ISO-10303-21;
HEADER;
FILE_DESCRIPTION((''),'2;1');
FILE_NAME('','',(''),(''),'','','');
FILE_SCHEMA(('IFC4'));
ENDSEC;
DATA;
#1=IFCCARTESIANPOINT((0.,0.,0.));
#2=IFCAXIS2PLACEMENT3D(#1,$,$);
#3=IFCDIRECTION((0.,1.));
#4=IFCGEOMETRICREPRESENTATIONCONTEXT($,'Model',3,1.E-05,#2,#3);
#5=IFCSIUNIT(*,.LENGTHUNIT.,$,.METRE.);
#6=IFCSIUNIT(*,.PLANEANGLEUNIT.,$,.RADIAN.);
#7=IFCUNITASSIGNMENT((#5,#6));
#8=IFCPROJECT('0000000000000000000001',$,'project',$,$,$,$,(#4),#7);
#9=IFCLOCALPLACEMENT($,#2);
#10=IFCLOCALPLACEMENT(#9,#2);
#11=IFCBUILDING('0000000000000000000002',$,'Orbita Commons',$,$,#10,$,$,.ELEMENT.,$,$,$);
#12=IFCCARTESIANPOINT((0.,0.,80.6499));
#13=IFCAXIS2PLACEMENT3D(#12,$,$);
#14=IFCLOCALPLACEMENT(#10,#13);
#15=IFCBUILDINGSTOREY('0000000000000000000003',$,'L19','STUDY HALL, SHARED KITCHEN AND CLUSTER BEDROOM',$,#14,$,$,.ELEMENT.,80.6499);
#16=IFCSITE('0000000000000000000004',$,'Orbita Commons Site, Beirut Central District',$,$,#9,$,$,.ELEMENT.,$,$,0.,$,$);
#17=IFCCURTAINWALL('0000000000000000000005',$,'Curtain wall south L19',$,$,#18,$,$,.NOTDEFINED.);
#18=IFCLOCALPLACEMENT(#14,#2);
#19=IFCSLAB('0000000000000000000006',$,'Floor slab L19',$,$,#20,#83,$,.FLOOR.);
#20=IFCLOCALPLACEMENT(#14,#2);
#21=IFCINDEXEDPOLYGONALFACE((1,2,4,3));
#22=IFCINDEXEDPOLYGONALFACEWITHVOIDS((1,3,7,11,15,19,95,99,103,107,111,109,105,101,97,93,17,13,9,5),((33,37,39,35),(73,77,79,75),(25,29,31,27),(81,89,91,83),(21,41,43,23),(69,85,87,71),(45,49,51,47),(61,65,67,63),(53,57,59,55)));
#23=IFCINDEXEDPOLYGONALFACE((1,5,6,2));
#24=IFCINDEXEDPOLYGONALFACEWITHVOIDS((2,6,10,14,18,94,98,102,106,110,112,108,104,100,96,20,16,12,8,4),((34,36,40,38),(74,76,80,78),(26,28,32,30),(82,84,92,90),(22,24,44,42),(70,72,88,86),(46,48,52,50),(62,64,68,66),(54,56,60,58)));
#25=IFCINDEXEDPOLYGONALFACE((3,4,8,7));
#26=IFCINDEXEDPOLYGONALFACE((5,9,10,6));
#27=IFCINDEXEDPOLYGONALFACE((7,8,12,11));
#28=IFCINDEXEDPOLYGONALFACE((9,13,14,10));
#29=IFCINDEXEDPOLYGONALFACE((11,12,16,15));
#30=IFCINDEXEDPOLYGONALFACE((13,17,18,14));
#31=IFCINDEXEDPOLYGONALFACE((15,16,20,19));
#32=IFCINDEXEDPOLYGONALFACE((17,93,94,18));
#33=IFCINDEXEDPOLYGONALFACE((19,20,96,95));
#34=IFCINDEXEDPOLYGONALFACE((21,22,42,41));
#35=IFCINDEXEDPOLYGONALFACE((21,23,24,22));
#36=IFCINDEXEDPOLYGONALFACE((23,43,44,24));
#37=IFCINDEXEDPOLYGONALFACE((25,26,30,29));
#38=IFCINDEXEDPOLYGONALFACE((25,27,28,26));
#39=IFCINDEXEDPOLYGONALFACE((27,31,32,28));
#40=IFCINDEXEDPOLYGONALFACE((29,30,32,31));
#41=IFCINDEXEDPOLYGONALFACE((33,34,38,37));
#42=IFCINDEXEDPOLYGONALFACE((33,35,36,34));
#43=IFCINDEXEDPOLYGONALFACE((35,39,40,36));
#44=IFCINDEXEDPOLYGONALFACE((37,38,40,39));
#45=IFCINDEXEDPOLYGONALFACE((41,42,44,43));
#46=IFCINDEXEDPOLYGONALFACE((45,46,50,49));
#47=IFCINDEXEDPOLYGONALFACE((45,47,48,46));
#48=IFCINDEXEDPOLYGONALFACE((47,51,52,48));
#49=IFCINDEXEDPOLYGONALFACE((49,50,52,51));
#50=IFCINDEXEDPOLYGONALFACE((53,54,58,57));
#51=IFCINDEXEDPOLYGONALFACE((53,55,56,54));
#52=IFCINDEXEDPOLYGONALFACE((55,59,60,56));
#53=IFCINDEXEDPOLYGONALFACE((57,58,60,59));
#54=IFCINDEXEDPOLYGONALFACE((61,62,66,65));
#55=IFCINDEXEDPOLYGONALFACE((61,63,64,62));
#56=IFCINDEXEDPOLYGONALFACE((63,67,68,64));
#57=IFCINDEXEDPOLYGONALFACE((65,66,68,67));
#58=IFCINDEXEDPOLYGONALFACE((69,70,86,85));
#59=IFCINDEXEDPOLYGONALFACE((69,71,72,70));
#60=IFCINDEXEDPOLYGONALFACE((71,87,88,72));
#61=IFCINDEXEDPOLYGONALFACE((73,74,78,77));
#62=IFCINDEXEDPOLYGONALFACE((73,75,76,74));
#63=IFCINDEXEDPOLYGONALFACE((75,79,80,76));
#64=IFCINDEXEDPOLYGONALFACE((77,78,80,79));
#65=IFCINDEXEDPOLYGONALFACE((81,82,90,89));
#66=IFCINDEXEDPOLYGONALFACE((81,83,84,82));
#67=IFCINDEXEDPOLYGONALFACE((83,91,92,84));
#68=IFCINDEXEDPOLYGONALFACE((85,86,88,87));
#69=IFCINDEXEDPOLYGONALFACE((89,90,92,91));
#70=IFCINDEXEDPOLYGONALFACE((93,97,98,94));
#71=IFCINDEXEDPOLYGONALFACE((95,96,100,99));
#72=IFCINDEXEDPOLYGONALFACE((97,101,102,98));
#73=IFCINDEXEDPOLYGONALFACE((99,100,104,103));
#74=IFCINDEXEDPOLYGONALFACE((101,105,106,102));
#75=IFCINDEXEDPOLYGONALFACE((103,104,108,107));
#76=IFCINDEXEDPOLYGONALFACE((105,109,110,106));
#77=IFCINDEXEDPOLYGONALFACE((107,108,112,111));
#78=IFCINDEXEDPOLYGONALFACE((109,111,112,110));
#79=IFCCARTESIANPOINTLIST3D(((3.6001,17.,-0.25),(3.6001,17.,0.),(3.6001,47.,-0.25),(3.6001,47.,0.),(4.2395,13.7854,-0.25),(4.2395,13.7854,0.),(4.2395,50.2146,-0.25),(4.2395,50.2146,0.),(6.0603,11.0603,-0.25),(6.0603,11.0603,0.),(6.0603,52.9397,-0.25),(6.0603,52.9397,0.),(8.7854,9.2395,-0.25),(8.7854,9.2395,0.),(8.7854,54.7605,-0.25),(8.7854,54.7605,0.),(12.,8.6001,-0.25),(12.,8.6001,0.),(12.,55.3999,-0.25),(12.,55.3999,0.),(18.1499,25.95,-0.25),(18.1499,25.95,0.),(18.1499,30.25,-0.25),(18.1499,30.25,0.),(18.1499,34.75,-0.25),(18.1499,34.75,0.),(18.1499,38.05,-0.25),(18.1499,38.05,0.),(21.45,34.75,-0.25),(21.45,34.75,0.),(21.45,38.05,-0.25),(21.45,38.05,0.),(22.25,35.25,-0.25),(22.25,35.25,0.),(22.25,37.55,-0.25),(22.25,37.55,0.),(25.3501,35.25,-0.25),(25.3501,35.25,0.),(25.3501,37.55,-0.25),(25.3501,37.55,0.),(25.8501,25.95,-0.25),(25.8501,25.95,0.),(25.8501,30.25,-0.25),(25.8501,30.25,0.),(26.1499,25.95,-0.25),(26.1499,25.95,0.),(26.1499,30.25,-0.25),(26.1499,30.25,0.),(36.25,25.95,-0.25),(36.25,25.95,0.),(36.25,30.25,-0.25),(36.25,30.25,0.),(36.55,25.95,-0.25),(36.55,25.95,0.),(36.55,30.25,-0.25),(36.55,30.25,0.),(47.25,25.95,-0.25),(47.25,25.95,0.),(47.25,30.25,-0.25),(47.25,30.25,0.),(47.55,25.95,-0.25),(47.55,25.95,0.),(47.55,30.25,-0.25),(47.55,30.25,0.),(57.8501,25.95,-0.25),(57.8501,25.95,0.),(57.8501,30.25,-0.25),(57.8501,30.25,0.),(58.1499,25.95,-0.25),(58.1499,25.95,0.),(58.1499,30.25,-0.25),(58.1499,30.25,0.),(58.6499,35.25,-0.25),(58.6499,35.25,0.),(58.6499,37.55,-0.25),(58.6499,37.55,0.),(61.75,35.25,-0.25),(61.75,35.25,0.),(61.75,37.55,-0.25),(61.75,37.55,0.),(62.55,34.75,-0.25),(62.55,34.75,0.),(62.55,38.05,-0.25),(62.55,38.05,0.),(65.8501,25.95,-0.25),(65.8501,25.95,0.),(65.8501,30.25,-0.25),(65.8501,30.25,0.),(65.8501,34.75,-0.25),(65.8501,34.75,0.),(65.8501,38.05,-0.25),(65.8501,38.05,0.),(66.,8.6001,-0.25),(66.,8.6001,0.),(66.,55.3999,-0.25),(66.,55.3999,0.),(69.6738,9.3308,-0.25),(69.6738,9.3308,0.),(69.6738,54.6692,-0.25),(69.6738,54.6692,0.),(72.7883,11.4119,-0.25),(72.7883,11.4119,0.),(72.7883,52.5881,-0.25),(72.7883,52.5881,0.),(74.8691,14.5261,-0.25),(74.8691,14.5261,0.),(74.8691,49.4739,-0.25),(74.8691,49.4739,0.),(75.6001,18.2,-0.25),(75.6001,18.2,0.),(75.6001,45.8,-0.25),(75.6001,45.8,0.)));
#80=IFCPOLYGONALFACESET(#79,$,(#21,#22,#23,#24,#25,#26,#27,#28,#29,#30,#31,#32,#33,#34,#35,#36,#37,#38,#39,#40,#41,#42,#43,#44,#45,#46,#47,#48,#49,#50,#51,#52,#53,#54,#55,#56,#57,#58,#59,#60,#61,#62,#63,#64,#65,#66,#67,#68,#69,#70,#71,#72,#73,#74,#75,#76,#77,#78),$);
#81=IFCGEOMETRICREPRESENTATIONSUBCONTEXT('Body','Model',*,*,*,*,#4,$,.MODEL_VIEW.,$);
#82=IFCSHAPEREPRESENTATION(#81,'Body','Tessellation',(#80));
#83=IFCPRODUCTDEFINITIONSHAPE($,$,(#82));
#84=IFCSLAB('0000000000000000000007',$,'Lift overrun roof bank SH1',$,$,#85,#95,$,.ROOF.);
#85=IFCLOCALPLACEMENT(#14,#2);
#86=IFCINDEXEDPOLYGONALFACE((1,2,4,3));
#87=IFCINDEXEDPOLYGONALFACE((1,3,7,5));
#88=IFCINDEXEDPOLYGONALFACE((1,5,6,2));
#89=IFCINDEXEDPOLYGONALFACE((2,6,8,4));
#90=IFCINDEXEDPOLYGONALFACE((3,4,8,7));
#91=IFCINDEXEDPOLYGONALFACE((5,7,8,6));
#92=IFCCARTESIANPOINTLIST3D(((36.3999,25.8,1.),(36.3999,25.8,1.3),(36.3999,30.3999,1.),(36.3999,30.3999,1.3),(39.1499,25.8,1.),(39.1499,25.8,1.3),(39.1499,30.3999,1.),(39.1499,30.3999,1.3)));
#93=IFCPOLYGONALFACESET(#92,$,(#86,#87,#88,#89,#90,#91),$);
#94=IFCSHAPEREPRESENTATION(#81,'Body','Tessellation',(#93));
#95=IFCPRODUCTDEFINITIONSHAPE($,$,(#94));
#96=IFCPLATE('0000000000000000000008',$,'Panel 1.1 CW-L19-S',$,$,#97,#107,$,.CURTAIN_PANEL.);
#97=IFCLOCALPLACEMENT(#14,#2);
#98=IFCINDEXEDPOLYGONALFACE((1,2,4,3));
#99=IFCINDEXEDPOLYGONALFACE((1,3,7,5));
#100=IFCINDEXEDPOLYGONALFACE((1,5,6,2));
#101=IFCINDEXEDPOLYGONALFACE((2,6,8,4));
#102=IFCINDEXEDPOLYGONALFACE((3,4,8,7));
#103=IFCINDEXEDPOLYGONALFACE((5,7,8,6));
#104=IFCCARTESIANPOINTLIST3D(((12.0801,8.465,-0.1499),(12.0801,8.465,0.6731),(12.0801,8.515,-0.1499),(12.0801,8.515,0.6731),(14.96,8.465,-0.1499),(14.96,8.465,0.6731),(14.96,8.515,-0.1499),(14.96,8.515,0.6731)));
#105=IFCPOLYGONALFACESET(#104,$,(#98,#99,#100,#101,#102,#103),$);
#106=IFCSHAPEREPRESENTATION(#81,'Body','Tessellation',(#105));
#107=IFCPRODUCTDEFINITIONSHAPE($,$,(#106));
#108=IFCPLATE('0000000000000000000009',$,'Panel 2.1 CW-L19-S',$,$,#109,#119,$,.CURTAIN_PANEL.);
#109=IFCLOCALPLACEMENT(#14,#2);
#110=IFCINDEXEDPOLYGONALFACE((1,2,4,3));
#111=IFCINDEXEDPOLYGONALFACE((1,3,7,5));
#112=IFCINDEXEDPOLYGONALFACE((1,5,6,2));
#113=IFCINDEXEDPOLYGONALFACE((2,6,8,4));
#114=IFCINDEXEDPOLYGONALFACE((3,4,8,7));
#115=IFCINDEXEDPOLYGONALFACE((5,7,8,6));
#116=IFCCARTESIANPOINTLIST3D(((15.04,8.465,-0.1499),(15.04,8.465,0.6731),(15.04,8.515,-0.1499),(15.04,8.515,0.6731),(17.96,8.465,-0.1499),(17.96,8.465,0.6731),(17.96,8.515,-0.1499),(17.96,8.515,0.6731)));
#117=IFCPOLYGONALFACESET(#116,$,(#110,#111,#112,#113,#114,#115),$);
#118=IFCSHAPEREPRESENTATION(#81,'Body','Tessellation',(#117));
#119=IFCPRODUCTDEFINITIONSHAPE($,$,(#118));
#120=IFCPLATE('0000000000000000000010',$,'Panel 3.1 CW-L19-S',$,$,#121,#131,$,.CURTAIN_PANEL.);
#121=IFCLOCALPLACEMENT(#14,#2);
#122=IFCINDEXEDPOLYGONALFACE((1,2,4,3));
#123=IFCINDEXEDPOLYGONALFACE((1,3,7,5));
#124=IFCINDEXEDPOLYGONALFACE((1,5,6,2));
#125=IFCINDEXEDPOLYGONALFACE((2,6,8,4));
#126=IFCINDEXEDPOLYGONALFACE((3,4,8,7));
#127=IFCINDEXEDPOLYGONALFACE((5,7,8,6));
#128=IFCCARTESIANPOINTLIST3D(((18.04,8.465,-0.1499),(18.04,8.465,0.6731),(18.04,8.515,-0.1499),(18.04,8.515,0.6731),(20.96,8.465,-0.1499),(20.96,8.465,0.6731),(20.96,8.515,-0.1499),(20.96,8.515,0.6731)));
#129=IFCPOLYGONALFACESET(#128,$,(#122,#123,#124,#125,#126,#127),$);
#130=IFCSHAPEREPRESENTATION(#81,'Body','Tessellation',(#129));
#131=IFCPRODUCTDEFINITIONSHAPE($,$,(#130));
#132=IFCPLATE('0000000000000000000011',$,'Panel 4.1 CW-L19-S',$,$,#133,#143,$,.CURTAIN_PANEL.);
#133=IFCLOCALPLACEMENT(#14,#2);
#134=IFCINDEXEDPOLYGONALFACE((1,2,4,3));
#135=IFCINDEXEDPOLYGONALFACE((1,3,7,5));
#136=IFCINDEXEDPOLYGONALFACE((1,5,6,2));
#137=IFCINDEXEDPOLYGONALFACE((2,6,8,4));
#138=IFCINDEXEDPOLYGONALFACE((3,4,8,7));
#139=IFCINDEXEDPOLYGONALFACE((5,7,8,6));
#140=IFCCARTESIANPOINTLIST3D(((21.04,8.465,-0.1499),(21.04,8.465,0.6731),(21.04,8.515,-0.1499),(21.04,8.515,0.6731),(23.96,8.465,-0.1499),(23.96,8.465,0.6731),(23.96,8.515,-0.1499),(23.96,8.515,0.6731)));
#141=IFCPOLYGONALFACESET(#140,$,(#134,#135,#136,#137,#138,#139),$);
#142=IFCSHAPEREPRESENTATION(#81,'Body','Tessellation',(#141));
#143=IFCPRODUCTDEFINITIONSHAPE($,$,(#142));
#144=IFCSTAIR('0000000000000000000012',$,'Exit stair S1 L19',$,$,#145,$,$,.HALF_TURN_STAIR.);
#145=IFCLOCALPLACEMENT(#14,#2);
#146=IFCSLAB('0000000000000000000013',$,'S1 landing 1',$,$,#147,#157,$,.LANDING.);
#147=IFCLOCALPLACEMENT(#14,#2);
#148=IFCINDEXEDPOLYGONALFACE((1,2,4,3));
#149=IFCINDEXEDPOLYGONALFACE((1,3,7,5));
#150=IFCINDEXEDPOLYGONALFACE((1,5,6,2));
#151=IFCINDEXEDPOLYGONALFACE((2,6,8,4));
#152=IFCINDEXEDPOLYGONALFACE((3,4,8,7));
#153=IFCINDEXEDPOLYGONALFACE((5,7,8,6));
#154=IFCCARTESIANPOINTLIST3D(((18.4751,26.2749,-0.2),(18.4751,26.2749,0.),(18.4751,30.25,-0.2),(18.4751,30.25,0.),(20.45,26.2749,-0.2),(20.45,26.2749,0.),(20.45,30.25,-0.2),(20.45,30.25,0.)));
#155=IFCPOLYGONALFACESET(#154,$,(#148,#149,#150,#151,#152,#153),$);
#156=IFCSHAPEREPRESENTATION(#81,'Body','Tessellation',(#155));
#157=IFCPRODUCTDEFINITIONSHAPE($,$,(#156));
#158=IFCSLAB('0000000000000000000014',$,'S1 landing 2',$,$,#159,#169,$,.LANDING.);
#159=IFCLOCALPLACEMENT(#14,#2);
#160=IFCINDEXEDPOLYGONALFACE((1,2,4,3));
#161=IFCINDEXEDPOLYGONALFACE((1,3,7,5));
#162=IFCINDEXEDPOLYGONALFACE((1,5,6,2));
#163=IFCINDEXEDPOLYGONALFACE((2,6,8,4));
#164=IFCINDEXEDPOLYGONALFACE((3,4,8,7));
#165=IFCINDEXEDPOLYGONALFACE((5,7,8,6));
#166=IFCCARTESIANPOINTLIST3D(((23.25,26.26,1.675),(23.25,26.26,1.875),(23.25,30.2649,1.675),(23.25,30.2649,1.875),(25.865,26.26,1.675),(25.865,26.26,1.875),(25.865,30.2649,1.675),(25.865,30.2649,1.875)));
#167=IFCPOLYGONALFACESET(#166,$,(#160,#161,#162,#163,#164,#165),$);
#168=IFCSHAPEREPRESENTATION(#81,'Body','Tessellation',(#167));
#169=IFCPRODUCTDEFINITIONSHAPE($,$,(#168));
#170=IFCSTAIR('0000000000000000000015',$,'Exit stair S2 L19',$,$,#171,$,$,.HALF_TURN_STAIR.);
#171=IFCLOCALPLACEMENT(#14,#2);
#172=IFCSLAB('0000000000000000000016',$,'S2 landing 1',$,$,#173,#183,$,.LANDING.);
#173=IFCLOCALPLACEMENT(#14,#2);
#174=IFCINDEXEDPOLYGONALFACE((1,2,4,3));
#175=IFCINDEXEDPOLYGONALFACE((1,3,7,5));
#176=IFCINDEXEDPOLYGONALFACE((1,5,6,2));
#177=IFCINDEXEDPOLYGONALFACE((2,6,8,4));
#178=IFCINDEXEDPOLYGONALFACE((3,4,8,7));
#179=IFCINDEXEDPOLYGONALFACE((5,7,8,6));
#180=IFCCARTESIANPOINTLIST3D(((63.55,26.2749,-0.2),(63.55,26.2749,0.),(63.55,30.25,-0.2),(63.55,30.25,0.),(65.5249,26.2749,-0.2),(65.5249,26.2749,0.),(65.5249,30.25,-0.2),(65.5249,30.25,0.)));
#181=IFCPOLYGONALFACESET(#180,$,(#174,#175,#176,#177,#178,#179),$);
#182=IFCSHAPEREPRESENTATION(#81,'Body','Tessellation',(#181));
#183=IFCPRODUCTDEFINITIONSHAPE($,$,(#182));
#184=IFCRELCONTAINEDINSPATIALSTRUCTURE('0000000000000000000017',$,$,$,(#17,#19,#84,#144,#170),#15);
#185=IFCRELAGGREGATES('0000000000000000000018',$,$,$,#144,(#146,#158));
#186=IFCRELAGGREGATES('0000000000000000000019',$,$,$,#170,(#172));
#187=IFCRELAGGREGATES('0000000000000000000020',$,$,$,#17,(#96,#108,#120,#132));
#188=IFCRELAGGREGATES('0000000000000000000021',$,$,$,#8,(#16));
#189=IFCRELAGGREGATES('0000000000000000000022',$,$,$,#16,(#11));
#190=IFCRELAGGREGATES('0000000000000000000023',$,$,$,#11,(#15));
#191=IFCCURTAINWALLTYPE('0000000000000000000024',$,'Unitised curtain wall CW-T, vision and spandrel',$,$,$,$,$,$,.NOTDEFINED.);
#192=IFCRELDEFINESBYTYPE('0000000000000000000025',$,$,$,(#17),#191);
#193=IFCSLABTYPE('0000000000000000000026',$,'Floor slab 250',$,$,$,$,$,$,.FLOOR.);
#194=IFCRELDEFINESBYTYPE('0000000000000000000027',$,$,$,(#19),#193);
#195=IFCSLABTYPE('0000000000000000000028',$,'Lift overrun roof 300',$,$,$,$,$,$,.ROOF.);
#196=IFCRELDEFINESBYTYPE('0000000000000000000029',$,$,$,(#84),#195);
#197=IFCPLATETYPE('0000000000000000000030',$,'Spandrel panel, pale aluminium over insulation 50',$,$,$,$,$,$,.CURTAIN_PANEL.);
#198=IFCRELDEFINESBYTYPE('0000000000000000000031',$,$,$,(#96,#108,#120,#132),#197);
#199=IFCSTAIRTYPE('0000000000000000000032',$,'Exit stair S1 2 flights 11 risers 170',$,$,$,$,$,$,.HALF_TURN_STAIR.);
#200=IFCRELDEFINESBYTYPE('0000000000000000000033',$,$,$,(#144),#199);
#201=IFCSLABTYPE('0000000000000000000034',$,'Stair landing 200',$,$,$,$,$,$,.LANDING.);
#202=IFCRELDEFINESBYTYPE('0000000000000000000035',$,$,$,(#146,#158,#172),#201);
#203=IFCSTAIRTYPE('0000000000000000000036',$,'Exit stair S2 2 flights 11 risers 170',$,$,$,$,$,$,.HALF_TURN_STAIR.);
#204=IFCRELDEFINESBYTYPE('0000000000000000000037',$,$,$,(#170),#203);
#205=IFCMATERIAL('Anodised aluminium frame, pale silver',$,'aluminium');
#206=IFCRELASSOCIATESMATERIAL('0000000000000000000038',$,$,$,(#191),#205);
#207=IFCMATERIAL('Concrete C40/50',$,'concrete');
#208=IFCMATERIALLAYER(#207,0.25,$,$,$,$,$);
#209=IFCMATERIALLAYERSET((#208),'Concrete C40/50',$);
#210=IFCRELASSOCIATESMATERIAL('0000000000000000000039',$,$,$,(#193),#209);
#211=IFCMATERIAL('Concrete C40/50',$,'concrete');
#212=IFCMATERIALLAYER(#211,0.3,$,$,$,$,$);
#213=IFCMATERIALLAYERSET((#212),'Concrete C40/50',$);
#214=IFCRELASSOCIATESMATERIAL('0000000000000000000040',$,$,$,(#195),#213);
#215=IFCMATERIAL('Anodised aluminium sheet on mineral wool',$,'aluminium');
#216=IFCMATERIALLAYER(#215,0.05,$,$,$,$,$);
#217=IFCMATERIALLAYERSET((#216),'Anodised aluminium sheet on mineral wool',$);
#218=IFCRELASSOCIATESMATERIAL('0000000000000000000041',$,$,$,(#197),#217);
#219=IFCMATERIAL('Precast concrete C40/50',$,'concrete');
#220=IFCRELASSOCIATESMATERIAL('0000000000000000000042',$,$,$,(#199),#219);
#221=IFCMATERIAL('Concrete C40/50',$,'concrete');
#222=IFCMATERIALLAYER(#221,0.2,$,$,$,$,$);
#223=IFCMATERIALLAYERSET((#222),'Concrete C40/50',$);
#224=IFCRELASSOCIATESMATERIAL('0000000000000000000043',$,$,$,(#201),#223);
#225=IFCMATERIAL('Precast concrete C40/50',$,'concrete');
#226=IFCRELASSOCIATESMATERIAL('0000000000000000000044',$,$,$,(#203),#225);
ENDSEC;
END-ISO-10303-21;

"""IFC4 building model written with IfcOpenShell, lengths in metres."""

from ifc_helpers import new_model, si_unit, direction, frame, origin, origin_2d, place, context, subcontext, project, spatial, polyline, rectangle, outline, extrude, material, layer, layer_set, type_object, element, aggregate, save


model = new_model("IFC4")

# Units and contexts
model_context = context("Model", 3, precision=1e-05, world=origin(), true_north=direction((0.0, 1.0)))
body_context = subcontext(model_context, "Body", "Model", "MODEL_VIEW")
ifc_project = project(units=[si_unit("LENGTHUNIT", "METRE"), si_unit("PLANEANGLEUNIT", "RADIAN")], contexts=[model_context])

# Site, building, storey
site_placement = place(None, origin())
site = spatial("IfcSite", under=ifc_project, at=site_placement, Name="Orbita Commons Site, Beirut Central District", CompositionType="ELEMENT", RefElevation=0.0)
building_placement = place(site_placement, origin())
building = spatial("IfcBuilding", under=site, at=building_placement, Name="Orbita Commons", CompositionType="ELEMENT")
storey_placement = place(building_placement, frame((0.0, 0.0, 80.6499)))
storey = spatial("IfcBuildingStorey", under=building, at=storey_placement, Name="L19", Description="STUDY HALL, SHARED KITCHEN AND CLUSTER BEDROOM", CompositionType="ELEMENT", Elevation=80.6499)

# Curtain wall
ifc_material_1 = material(Name="Anodised aluminium frame, pale silver", Category="aluminium")
curtain_wall_type = type_object("IfcCurtainWallType", Name="Unitised curtain wall CW-T, vision and spandrel", PredefinedType="NOTDEFINED", material=ifc_material_1)
curtain_wall_placement = place(storey_placement, origin())
curtain_wall = element("IfcCurtainWall", 1, at=curtain_wall_placement, inside=storey, type_object=curtain_wall_type, Name="Curtain wall south L19", PredefinedType="NOTDEFINED")

# Slabs
ifc_material_2 = material(Name="Concrete C40/50", Category="concrete")
ifc_layer_1 = layer(ifc_material_2, 0.25)
ifc_layer_set_1 = layer_set([ifc_layer_1], Name="Concrete C40/50")
slab_type_1 = type_object("IfcSlabType", Name="Floor slab 250", PredefinedType="FLOOR", material=ifc_layer_set_1)
slab_1_placement = place(storey_placement, frame((0.0, 0.0, -0.25)))
element("IfcSlab", 2, at=slab_1_placement, inside=storey, type_object=slab_type_1, Name="Floor slab L19", PredefinedType="FLOOR", context=body_context, shape_type="SweptSolid", body=[
    extrude(outline(polyline([(66.0, 8.6001), (69.6738, 9.3308), (72.7883, 11.4119), (74.8691, 14.5261), (75.6001, 18.2), (75.6001, 45.8), (74.8691, 49.4739), (72.7883, 52.5881), (69.6738, 54.6692), (66.0, 55.3999), (12.0, 55.3999), (8.7854, 54.7605), (6.0603, 52.9397), (4.2395, 50.2146), (3.6001, 47.0), (3.6001, 17.0), (4.2395, 13.7854), (6.0603, 11.0603), (8.7854, 9.2395), (12.0, 8.6001), (66.0, 8.6001)]), holes=[polyline([(18.1499, 25.95), (25.8501, 25.95), (25.8501, 30.25), (18.1499, 30.25), (18.1499, 25.95)]), polyline([(58.1499, 25.95), (65.8501, 25.95), (65.8501, 30.25), (58.1499, 30.25), (58.1499, 25.95)]), polyline([(18.1499, 34.75), (21.45, 34.75), (21.45, 38.05), (18.1499, 38.05), (18.1499, 34.75)]), polyline([(62.55, 34.75), (65.8501, 34.75), (65.8501, 38.05), (62.55, 38.05), (62.55, 34.75)]), polyline([(22.25, 35.25), (25.3501, 35.25), (25.3501, 37.55), (22.25, 37.55), (22.25, 35.25)]), polyline([(58.6499, 35.25), (61.75, 35.25), (61.75, 37.55), (58.6499, 37.55), (58.6499, 35.25)]), polyline([(26.1499, 25.95), (36.25, 25.95), (36.25, 30.25), (26.1499, 30.25), (26.1499, 25.95)]), polyline([(36.55, 25.95), (47.25, 25.95), (47.25, 30.25), (36.55, 30.25), (36.55, 25.95)]), polyline([(47.55, 25.95), (57.8501, 25.95), (57.8501, 30.25), (47.55, 30.25), (47.55, 25.95)])]), origin(), (0.0, 0.0, 1.0), 0.25),
])
ifc_material_3 = material(Name="Concrete C40/50", Category="concrete")
ifc_layer_2 = layer(ifc_material_3, 0.3)
ifc_layer_set_2 = layer_set([ifc_layer_2], Name="Concrete C40/50")
slab_type_2 = type_object("IfcSlabType", Name="Lift overrun roof 300", PredefinedType="ROOF", material=ifc_layer_set_2)
slab_2_placement = place(storey_placement, frame((0.0, 0.0, 1.0)))
element("IfcSlab", 3, at=slab_2_placement, inside=storey, type_object=slab_type_2, Name="Lift overrun roof bank SH1", PredefinedType="ROOF", context=body_context, shape_type="SweptSolid", body=[
    extrude(outline(polyline([(36.3999, 25.8), (39.1499, 25.8), (39.1499, 30.3999), (36.3999, 30.3999), (36.3999, 25.8)])), origin(), (0.0, 0.0, 1.0), 0.3),
])

# Plates
ifc_material_4 = material(Name="Anodised aluminium sheet on mineral wool", Category="aluminium")
ifc_layer_3 = layer(ifc_material_4, 0.05)
ifc_layer_set_3 = layer_set([ifc_layer_3], Name="Anodised aluminium sheet on mineral wool")
plate_type_1 = type_object("IfcPlateType", Name="Spandrel panel, pale aluminium over insulation 50", PredefinedType="CURTAIN_PANEL", material=ifc_layer_set_3)
plate_1_placement = place(storey_placement, frame((13.52, 8.49, -0.1499), z_axis=(0.0, 0.0, 1.0), x_axis=(1.0, 0.0, 0.0)))
plate_1 = element("IfcPlate", 4, at=plate_1_placement, type_object=plate_type_1, Name="Panel 1.1 CW-L19-S", PredefinedType="CURTAIN_PANEL", context=body_context, shape_type="SweptSolid", body=[
    extrude(rectangle(XDim=2.8799, YDim=0.05, at=origin_2d()), origin(), (0.0, 0.0, 1.0), 0.823),
])
plate_2_placement = place(storey_placement, frame((16.5, 8.49, -0.1499), z_axis=(0.0, 0.0, 1.0), x_axis=(1.0, 0.0, 0.0)))
plate_2 = element("IfcPlate", 5, at=plate_2_placement, type_object=plate_type_1, Name="Panel 2.1 CW-L19-S", PredefinedType="CURTAIN_PANEL", context=body_context, shape_type="SweptSolid", body=[
    extrude(rectangle(XDim=2.9199, YDim=0.05, at=origin_2d()), origin(), (0.0, 0.0, 1.0), 0.823),
])
plate_3_placement = place(storey_placement, frame((19.5, 8.49, -0.1499), z_axis=(0.0, 0.0, 1.0), x_axis=(1.0, 0.0, 0.0)))
plate_3 = element("IfcPlate", 6, at=plate_3_placement, type_object=plate_type_1, Name="Panel 3.1 CW-L19-S", PredefinedType="CURTAIN_PANEL", context=body_context, shape_type="SweptSolid", body=[
    extrude(rectangle(XDim=2.9199, YDim=0.05, at=origin_2d()), origin(), (0.0, 0.0, 1.0), 0.823),
])
plate_4_placement = place(storey_placement, frame((22.5, 8.49, -0.1499), z_axis=(0.0, 0.0, 1.0), x_axis=(1.0, 0.0, 0.0)))
plate_4 = element("IfcPlate", 7, at=plate_4_placement, type_object=plate_type_1, Name="Panel 4.1 CW-L19-S", PredefinedType="CURTAIN_PANEL", context=body_context, shape_type="SweptSolid", body=[
    extrude(rectangle(XDim=2.9199, YDim=0.05, at=origin_2d()), origin(), (0.0, 0.0, 1.0), 0.823),
])

# Stairs, slabs
ifc_material_5 = material(Name="Precast concrete C40/50", Category="concrete")
stair_type_1 = type_object("IfcStairType", Name="Exit stair S1 2 flights 11 risers 170", PredefinedType="HALF_TURN_STAIR", material=ifc_material_5)
stair_1_placement = place(storey_placement, origin())
stair_1 = element("IfcStair", 8, at=stair_1_placement, inside=storey, type_object=stair_type_1, Name="Exit stair S1 L19", PredefinedType="HALF_TURN_STAIR")
ifc_material_6 = material(Name="Concrete C40/50", Category="concrete")
ifc_layer_4 = layer(ifc_material_6, 0.2)
ifc_layer_set_4 = layer_set([ifc_layer_4], Name="Concrete C40/50")
slab_type_3 = type_object("IfcSlabType", Name="Stair landing 200", PredefinedType="LANDING", material=ifc_layer_set_4)
slab_3_placement = place(storey_placement, frame((0.0, 0.0, -0.2)))
slab_3 = element("IfcSlab", 9, at=slab_3_placement, type_object=slab_type_3, Name="S1 landing 1", PredefinedType="LANDING", context=body_context, shape_type="SweptSolid", body=[
    extrude(outline(polyline([(18.4751, 26.2749), (20.45, 26.2749), (20.45, 30.25), (18.4751, 30.25), (18.4751, 26.2749)])), origin(), (0.0, 0.0, 1.0), 0.2),
])
slab_4_placement = place(storey_placement, frame((0.0, 0.0, 1.675)))
slab_4 = element("IfcSlab", 10, at=slab_4_placement, type_object=slab_type_3, Name="S1 landing 2", PredefinedType="LANDING", context=body_context, shape_type="SweptSolid", body=[
    extrude(outline(polyline([(23.25, 26.26), (25.865, 26.26), (25.865, 30.2649), (23.25, 30.2649), (23.25, 26.26)])), origin(), (0.0, 0.0, 1.0), 0.2),
])
aggregate(stair_1, [slab_3, slab_4])
ifc_material_7 = material(Name="Precast concrete C40/50", Category="concrete")
stair_type_2 = type_object("IfcStairType", Name="Exit stair S2 2 flights 11 risers 170", PredefinedType="HALF_TURN_STAIR", material=ifc_material_7)
stair_2_placement = place(storey_placement, origin())
stair_2 = element("IfcStair", 11, at=stair_2_placement, inside=storey, type_object=stair_type_2, Name="Exit stair S2 L19", PredefinedType="HALF_TURN_STAIR")
slab_5_placement = place(storey_placement, frame((0.0, 0.0, -0.2)))
slab_5 = element("IfcSlab", 12, at=slab_5_placement, type_object=slab_type_3, Name="S2 landing 1", PredefinedType="LANDING", context=body_context, shape_type="SweptSolid", body=[
    extrude(outline(polyline([(63.55, 26.2749), (65.5249, 26.2749), (65.5249, 30.25), (63.55, 30.25), (63.55, 26.2749)])), origin(), (0.0, 0.0, 1.0), 0.2),
])
aggregate(stair_2, [slab_5])

aggregate(curtain_wall, [plate_1, plate_2, plate_3, plate_4])

save(model, "model.ifc")
